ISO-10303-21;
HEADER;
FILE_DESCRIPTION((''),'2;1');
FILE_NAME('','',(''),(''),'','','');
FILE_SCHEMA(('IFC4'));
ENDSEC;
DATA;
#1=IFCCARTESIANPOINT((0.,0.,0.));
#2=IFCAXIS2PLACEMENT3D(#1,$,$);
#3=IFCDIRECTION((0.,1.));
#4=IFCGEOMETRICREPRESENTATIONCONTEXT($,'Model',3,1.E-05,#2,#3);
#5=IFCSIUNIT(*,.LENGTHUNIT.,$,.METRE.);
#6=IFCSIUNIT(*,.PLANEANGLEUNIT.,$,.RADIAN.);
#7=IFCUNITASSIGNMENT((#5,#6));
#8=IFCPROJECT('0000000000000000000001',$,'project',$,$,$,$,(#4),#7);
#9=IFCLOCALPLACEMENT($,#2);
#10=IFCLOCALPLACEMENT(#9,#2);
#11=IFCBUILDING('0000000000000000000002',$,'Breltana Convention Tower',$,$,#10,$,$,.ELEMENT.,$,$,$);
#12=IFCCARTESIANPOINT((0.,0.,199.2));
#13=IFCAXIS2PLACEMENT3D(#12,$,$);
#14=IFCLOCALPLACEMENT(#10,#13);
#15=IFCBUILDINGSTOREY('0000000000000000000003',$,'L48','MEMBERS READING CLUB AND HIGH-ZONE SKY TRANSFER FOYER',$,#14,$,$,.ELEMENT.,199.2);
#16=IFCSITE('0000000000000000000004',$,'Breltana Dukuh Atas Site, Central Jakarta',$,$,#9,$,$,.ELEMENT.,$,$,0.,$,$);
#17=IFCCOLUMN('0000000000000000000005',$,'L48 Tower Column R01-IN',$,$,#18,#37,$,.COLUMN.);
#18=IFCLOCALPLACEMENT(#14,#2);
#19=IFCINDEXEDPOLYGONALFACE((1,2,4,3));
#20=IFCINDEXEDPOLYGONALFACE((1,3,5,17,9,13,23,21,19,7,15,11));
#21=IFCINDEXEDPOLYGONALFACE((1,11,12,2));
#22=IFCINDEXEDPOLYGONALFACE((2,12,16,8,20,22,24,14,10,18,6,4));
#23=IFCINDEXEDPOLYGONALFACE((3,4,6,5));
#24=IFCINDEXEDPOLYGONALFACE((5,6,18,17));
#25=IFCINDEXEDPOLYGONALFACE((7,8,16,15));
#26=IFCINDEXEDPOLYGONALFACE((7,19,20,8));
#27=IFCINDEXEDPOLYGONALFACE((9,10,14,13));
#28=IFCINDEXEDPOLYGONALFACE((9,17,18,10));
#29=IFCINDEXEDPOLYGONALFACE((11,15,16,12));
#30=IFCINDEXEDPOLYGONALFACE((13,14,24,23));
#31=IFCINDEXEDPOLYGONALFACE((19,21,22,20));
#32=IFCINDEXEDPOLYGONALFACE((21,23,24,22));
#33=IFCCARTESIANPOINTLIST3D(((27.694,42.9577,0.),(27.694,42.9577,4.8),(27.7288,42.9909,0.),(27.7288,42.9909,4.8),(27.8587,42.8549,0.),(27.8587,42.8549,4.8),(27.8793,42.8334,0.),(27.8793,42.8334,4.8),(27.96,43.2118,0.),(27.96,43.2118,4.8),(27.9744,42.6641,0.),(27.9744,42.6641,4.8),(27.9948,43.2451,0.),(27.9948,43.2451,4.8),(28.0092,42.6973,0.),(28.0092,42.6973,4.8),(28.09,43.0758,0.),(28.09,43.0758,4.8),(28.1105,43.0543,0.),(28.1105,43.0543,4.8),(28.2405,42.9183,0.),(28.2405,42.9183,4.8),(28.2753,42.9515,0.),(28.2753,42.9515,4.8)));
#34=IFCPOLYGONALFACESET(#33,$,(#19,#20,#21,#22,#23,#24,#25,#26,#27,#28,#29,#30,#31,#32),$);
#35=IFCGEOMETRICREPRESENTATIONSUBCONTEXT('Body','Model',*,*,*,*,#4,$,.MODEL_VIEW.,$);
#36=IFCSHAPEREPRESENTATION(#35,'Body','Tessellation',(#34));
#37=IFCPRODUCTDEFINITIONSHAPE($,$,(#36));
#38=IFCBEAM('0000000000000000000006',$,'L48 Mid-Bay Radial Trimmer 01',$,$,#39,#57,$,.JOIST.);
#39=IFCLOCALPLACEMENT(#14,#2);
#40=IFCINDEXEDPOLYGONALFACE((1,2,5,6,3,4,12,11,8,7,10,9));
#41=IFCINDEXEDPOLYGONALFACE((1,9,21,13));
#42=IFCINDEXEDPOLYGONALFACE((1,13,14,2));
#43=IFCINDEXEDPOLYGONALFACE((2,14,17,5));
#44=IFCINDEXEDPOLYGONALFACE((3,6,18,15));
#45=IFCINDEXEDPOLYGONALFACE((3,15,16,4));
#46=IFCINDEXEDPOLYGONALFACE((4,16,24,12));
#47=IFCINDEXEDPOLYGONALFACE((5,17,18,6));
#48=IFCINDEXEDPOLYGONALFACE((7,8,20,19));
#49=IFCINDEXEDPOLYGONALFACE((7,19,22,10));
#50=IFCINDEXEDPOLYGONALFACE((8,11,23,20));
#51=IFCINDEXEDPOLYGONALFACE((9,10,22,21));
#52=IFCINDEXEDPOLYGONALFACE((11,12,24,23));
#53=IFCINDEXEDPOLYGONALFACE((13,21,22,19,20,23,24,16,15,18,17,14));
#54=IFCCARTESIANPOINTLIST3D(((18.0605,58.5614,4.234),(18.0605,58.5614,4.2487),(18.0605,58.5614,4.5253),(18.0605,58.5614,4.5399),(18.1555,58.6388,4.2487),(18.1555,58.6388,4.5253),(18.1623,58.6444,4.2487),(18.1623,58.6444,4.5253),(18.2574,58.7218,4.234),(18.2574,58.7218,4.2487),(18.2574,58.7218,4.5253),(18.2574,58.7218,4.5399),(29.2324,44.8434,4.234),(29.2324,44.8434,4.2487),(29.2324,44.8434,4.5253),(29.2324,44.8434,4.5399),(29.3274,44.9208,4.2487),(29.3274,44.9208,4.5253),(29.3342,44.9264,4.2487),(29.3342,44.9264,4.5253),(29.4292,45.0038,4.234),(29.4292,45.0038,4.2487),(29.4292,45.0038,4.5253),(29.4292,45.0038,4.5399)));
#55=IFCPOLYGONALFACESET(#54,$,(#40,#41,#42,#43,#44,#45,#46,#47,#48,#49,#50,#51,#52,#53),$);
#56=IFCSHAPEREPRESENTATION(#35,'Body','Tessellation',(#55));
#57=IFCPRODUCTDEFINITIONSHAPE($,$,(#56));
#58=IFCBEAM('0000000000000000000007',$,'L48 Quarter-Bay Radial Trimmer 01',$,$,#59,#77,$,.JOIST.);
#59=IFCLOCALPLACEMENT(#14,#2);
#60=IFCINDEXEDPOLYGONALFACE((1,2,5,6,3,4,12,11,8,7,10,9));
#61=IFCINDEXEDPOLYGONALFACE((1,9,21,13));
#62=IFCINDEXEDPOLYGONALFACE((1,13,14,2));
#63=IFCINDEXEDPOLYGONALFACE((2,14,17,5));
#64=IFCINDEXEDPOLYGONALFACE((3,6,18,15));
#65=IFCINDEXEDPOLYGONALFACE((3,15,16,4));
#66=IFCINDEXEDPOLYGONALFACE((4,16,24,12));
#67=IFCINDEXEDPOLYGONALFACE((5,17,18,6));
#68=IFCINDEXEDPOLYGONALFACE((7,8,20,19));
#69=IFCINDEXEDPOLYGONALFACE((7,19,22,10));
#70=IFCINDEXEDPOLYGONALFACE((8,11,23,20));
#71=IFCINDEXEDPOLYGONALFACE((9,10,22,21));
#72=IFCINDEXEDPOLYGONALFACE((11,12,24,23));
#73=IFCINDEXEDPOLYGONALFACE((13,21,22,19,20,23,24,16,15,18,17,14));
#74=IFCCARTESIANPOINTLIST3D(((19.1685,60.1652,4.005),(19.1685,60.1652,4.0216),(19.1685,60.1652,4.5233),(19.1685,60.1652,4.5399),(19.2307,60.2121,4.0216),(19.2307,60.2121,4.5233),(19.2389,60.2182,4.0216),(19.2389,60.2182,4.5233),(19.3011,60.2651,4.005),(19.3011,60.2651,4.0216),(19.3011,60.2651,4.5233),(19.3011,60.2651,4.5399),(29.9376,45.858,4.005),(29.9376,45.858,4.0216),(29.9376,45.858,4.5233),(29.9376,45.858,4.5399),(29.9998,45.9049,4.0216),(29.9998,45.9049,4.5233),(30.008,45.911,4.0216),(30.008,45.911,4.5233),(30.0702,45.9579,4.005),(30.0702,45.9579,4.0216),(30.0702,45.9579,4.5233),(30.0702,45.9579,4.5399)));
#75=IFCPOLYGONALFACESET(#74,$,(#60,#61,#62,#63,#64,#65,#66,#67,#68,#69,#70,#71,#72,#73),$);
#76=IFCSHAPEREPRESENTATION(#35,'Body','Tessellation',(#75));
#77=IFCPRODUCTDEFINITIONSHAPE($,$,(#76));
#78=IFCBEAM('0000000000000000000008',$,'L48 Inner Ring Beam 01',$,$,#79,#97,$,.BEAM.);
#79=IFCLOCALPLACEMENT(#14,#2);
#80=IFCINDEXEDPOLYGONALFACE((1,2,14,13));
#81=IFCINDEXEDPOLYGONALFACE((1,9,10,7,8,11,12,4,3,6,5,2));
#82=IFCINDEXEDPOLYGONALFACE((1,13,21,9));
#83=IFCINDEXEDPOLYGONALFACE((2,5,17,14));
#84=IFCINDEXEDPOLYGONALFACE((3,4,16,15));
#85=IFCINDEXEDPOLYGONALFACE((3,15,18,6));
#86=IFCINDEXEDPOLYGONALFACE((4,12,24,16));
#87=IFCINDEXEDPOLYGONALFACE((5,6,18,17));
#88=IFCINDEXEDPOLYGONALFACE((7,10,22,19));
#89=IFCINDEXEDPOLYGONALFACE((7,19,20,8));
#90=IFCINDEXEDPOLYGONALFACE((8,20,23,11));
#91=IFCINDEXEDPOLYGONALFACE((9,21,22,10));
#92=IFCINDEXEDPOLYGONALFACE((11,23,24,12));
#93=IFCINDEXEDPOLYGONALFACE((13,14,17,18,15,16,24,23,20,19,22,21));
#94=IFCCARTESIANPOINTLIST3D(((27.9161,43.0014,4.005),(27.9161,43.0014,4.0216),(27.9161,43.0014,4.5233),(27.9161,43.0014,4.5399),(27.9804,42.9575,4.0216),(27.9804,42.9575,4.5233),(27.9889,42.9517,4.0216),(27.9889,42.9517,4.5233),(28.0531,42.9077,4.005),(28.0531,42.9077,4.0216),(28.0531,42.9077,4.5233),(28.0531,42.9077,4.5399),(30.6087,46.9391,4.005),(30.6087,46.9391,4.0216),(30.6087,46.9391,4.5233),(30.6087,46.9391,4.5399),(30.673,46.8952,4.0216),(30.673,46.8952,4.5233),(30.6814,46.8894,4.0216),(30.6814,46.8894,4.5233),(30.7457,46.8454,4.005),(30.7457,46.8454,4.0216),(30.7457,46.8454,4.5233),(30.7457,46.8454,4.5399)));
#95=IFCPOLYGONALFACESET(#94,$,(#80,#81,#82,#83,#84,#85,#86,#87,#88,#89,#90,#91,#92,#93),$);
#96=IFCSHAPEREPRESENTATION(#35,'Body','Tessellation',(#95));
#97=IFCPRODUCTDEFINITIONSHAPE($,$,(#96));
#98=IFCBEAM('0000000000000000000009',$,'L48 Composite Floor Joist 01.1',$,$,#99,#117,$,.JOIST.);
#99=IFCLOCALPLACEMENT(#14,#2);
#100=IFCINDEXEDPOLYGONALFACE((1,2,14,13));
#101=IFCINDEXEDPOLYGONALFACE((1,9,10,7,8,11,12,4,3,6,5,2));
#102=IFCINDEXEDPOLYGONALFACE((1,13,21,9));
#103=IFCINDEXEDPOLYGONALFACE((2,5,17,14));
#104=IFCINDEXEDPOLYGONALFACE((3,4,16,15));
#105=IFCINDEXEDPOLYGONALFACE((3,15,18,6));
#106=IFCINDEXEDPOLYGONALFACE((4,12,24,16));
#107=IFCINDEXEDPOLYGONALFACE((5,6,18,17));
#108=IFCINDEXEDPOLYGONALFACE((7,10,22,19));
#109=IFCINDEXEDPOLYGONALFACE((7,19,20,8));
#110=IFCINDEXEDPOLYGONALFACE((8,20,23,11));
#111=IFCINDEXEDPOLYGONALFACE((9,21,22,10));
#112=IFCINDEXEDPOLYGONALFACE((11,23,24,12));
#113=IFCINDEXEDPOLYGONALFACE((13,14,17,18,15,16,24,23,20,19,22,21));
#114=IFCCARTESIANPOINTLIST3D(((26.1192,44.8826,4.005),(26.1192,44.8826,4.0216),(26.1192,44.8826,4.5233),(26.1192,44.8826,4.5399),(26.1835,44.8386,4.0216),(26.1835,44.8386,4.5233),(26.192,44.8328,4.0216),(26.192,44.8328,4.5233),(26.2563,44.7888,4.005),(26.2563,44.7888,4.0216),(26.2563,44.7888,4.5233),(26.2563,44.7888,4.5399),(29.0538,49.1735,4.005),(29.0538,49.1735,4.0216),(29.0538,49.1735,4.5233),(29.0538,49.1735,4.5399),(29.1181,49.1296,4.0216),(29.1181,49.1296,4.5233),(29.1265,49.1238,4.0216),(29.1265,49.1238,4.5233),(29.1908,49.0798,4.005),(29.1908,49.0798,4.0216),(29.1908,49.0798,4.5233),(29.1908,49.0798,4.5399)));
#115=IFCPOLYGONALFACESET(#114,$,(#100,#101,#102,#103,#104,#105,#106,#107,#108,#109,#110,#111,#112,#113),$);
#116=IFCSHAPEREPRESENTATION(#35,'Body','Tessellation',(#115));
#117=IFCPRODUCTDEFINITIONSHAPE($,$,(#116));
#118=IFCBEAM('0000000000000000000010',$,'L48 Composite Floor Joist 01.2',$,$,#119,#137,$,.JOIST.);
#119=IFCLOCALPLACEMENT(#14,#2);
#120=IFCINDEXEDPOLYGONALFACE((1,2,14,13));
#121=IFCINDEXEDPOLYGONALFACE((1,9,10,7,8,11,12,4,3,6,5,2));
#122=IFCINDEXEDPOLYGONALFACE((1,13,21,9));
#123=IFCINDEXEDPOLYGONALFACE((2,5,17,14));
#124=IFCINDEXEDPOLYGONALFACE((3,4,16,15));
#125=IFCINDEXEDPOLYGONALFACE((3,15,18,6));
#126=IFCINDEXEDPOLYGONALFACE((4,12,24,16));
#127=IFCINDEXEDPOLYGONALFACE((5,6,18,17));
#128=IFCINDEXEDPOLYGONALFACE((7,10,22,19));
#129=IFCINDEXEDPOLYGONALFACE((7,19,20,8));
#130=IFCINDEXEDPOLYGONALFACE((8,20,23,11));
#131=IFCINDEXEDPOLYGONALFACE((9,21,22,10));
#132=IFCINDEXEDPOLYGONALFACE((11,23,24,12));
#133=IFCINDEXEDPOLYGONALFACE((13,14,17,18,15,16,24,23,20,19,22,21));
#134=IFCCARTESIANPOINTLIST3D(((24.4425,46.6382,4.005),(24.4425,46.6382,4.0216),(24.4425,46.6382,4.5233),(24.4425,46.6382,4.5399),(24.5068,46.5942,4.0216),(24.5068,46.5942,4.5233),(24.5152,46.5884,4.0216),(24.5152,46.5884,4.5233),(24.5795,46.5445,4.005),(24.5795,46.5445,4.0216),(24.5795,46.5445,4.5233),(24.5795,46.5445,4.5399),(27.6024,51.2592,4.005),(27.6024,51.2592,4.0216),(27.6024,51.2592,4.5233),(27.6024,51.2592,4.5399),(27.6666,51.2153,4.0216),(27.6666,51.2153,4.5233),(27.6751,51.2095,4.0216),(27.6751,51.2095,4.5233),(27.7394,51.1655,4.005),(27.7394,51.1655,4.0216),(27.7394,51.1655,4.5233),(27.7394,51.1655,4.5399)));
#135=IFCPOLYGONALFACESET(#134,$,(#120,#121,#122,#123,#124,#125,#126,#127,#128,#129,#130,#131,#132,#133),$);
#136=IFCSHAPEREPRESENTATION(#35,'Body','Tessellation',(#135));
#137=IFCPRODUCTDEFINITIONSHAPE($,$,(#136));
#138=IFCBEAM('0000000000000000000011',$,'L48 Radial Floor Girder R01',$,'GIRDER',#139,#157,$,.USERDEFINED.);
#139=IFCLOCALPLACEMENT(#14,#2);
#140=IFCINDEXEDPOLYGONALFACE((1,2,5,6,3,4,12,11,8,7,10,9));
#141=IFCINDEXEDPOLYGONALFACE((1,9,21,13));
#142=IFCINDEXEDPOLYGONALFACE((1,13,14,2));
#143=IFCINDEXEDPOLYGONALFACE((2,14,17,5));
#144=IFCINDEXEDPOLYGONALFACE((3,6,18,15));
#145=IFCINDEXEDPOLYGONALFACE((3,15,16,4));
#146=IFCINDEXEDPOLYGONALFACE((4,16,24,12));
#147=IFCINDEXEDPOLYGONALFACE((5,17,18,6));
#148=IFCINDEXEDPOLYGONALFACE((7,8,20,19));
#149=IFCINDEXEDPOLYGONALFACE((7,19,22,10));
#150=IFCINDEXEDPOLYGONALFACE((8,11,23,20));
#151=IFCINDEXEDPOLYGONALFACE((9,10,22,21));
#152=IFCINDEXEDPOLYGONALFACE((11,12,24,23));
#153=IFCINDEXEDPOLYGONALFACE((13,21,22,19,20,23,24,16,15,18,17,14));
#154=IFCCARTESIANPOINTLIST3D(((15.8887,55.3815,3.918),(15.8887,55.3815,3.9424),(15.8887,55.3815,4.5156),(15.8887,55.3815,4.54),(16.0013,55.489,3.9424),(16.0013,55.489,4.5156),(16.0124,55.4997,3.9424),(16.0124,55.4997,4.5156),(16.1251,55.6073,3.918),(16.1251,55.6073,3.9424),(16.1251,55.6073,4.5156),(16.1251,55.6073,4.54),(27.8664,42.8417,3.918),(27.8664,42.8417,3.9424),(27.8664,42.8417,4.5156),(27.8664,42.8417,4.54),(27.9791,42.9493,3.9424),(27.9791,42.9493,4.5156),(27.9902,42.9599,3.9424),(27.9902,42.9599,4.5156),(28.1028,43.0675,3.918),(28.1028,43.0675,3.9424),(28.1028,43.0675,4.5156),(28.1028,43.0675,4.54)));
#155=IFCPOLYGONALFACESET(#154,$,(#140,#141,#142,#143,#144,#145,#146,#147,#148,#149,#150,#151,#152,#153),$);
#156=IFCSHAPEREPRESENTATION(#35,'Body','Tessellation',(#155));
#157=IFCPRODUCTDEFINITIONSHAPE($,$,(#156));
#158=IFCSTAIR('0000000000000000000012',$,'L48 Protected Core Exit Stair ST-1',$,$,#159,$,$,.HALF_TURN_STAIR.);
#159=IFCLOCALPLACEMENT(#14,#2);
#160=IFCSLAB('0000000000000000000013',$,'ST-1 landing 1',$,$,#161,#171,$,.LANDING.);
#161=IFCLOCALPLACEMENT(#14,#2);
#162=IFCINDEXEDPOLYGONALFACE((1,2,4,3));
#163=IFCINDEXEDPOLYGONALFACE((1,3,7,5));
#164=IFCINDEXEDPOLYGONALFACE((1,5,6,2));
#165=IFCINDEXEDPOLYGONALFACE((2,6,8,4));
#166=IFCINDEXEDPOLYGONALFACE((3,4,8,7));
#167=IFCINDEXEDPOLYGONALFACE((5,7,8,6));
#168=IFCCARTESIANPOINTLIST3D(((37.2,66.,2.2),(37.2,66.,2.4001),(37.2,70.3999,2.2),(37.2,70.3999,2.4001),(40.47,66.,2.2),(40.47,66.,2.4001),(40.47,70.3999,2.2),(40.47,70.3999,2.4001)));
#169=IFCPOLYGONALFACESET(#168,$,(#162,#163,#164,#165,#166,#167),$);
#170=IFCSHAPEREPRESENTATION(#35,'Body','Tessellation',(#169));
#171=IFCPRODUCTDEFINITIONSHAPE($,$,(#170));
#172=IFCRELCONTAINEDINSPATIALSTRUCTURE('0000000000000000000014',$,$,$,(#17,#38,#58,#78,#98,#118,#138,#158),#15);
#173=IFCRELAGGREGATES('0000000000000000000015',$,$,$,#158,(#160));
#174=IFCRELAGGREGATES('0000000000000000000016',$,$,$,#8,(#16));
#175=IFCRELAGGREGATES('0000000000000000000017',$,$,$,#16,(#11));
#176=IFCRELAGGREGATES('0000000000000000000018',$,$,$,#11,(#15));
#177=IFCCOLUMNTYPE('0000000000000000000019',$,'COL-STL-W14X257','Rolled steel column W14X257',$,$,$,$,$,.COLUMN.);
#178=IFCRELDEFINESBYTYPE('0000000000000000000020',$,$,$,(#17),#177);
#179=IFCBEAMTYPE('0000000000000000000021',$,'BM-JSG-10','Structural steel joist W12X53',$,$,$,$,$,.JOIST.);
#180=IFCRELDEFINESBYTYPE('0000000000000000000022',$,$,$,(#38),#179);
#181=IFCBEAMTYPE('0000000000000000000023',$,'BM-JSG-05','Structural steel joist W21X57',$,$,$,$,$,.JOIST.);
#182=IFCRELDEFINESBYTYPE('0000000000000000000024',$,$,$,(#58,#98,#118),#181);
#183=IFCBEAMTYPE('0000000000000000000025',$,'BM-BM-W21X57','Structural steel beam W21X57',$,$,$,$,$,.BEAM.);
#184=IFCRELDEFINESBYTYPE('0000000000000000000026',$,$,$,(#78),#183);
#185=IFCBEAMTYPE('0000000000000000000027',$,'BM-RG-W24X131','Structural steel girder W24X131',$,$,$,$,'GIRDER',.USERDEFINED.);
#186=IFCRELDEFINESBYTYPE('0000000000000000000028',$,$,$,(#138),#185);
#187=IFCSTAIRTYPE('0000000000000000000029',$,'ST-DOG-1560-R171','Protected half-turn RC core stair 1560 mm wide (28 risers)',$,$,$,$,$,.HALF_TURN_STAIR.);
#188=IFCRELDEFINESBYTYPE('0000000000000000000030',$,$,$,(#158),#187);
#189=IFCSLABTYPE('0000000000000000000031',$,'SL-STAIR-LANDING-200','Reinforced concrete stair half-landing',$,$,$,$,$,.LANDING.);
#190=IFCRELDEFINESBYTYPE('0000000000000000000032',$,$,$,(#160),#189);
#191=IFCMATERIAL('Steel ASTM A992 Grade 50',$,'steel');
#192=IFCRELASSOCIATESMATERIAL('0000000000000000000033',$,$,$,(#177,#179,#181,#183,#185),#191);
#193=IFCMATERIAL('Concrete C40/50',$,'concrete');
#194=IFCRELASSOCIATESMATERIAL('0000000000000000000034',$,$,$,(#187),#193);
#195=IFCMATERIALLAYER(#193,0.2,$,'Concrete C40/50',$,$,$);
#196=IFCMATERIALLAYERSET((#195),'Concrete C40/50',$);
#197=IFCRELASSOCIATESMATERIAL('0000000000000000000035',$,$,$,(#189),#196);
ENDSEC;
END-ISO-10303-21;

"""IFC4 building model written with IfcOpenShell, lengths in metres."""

from ifc_helpers import new_model, si_unit, direction, frame, origin, origin_2d, place, context, subcontext, project, spatial, polyline, i_section, outline, extrude, source, transform, mapped, material, layer, layer_set, material_profile, profile_set, type_object, type_shapes, element, aggregate, save


model = new_model("IFC4")

# Units and contexts
model_context = context("Model", 3, precision=1e-05, world=origin(), true_north=direction((0.0, 1.0)))
body_context = subcontext(model_context, "Body", "Model", "MODEL_VIEW")
ifc_project = project(units=[si_unit("LENGTHUNIT", "METRE"), si_unit("PLANEANGLEUNIT", "RADIAN")], contexts=[model_context])

# Site, building, storey
site_placement = place(None, origin())
site = spatial("IfcSite", under=ifc_project, at=site_placement, Name="Breltana Dukuh Atas Site, Central Jakarta", CompositionType="ELEMENT", RefElevation=0.0)
building_placement = place(site_placement, origin())
building = spatial("IfcBuilding", under=site, at=building_placement, Name="Breltana Convention Tower", CompositionType="ELEMENT")
storey_placement = place(building_placement, frame((0.0, 0.0, 199.2)))
storey = spatial("IfcBuildingStorey", under=building, at=storey_placement, Name="L48", Description="MEMBERS READING CLUB AND HIGH-ZONE SKY TRANSFER FOYER", CompositionType="ELEMENT", Elevation=199.2)

# Column
ifc_material_1 = material(Name="Steel ASTM A992 Grade 50", Category="steel")
ifc_material_profile_1 = material_profile(ifc_material_1, i_section(OverallWidth=0.406, OverallDepth=0.416, WebThickness=0.0298, FlangeThickness=0.0481, at=origin_2d()), Name="W14X257")
ifc_profile_set_1 = profile_set([ifc_material_profile_1], Name="Steel ASTM A992 Grade 50")
column_type = type_object("IfcColumnType", Name="COL-STL-W14X257", Description="Rolled steel column W14X257", PredefinedType="COLUMN", material=ifc_profile_set_1)
shared_shape_1 = source(origin(), body_context, "Body", "SweptSolid", [
    extrude(i_section(OverallWidth=0.406, OverallDepth=0.416, WebThickness=0.0298, FlangeThickness=0.0481, at=origin_2d()), origin(), (0.0, 0.0, 1.0), 4.8),
])
type_shapes(column_type, [shared_shape_1])
column_placement = place(storey_placement, frame((27.9846, 42.9546, 0.0), z_axis=(0.0, 0.0, 1.0), x_axis=(-0.690756, 0.723088, 0.0)))
element("IfcColumn", 1, at=column_placement, inside=storey, type_object=column_type, Name="L48 Tower Column R01-IN", PredefinedType="COLUMN", context=body_context, shape_type="MappedRepresentation", body=[
    mapped(shared_shape_1, transform((0.0, 0.0, 0.0), scale=1.0)),
])

# Beams
ifc_material_profile_2 = material_profile(ifc_material_1, i_section(OverallWidth=0.2539, OverallDepth=0.3059, WebThickness=0.0088, FlangeThickness=0.0146, at=origin_2d()), Name="W12X53")
ifc_profile_set_2 = profile_set([ifc_material_profile_2], Name="Steel ASTM A992 Grade 50")
beam_type_1 = type_object("IfcBeamType", Name="BM-JSG-10", Description="Structural steel joist W12X53", PredefinedType="JOIST", material=ifc_profile_set_2)
shared_shape_2 = source(origin(), body_context, "Body", "SweptSolid", [
    extrude(i_section(OverallWidth=0.2539, OverallDepth=0.3059, WebThickness=0.0088, FlangeThickness=0.0146, at=origin_2d()), origin(), (0.0, 0.0, 1.0), 17.6917),
])
type_shapes(beam_type_1, [shared_shape_2])
beam_1_placement = place(storey_placement, frame((29.3308, 44.9236, 4.387), z_axis=(-0.631477, 0.775395, 0.0), x_axis=(-0.775395, -0.631477, 0.0)))
element("IfcBeam", 2, at=beam_1_placement, inside=storey, type_object=beam_type_1, Name="L48 Mid-Bay Radial Trimmer 01", PredefinedType="JOIST", context=body_context, shape_type="MappedRepresentation", body=[
    mapped(shared_shape_2, transform((0.0, 0.0, 0.0), scale=1.0)),
])
ifc_material_profile_3 = material_profile(ifc_material_1, i_section(OverallWidth=0.166, OverallDepth=0.5349, WebThickness=0.0103, FlangeThickness=0.0166, at=origin_2d()), Name="W21X57")
ifc_profile_set_3 = profile_set([ifc_material_profile_3], Name="Steel ASTM A992 Grade 50")
beam_type_2 = type_object("IfcBeamType", Name="BM-JSG-05", Description="Structural steel joist W21X57", PredefinedType="JOIST", material=ifc_profile_set_3)
shared_shape_3 = source(origin(), body_context, "Body", "SweptSolid", [
    extrude(i_section(OverallWidth=0.166, OverallDepth=0.5349, WebThickness=0.0103, FlangeThickness=0.0166, at=origin_2d()), origin(), (0.0, 0.0, 1.0), 17.9072),
])
beam_2_placement = place(storey_placement, frame((30.0039, 45.908, 4.2725), z_axis=(-0.601382, 0.798962, 0.0), x_axis=(-0.798962, -0.601382, 0.0)))
element("IfcBeam", 3, at=beam_2_placement, inside=storey, type_object=beam_type_2, Name="L48 Quarter-Bay Radial Trimmer 01", PredefinedType="JOIST", context=body_context, shape_type="MappedRepresentation", body=[
    mapped(shared_shape_3, transform((0.0, 0.0, 0.0), scale=1.0)),
])
ifc_material_profile_4 = material_profile(ifc_material_1, i_section(OverallWidth=0.166, OverallDepth=0.5349, WebThickness=0.0103, FlangeThickness=0.0166, at=origin_2d()), Name="W21X57")
ifc_profile_set_4 = profile_set([ifc_material_profile_4], Name="Steel ASTM A992 Grade 50")
beam_type_3 = type_object("IfcBeamType", Name="BM-BM-W21X57", Description="Structural steel beam W21X57", PredefinedType="BEAM", material=ifc_profile_set_4)
shared_shape_4 = source(origin(), body_context, "Body", "SweptSolid", [
    extrude(i_section(OverallWidth=0.166, OverallDepth=0.5349, WebThickness=0.0103, FlangeThickness=0.0166, at=origin_2d()), origin(), (0.0, 0.0, 1.0), 4.7703),
])
beam_3_placement = place(storey_placement, frame((27.9846, 42.9546, 4.2725), z_axis=(0.564453, 0.825465, 0.0), x_axis=(-0.825465, 0.564453, 0.0)))
element("IfcBeam", 4, at=beam_3_placement, inside=storey, type_object=beam_type_3, Name="L48 Inner Ring Beam 01", PredefinedType="BEAM", context=body_context, shape_type="MappedRepresentation", body=[
    mapped(shared_shape_4, transform((0.0, 0.0, 0.0), scale=1.0)),
])
shared_shape_5 = source(origin(), body_context, "Body", "SweptSolid", [
    extrude(i_section(OverallWidth=0.166, OverallDepth=0.5349, WebThickness=0.0103, FlangeThickness=0.0166, at=origin_2d()), origin(), (0.0, 0.0, 1.0), 5.1985),
])
beam_4_placement = place(storey_placement, frame((26.1877, 44.8357, 4.2725), z_axis=(0.564502, 0.825432, 0.0), x_axis=(-0.825432, 0.564502, 0.0)))
element("IfcBeam", 5, at=beam_4_placement, inside=storey, type_object=beam_type_2, Name="L48 Composite Floor Joist 01.1", PredefinedType="JOIST", context=body_context, shape_type="MappedRepresentation", body=[
    mapped(shared_shape_5, transform((0.0, 0.0, 0.0), scale=1.0)),
])
shared_shape_6 = source(origin(), body_context, "Body", "SweptSolid", [
    extrude(i_section(OverallWidth=0.166, OverallDepth=0.5349, WebThickness=0.0103, FlangeThickness=0.0166, at=origin_2d()), origin(), (0.0, 0.0, 1.0), 5.5981),
])
beam_5_placement = place(storey_placement, frame((24.511, 46.5913, 4.2725), z_axis=(0.564454, 0.825464, 0.0), x_axis=(-0.825464, 0.564454, 0.0)))
element("IfcBeam", 6, at=beam_5_placement, inside=storey, type_object=beam_type_2, Name="L48 Composite Floor Joist 01.2", PredefinedType="JOIST", context=body_context, shape_type="MappedRepresentation", body=[
    mapped(shared_shape_6, transform((0.0, 0.0, 0.0), scale=1.0)),
])
ifc_material_profile_5 = material_profile(ifc_material_1, i_section(OverallWidth=0.3269, OverallDepth=0.6221, WebThickness=0.0154, FlangeThickness=0.0244, at=origin_2d()), Name="W24X131")
ifc_profile_set_5 = profile_set([ifc_material_profile_5], Name="Steel ASTM A992 Grade 50")
beam_type_4 = type_object("IfcBeamType", Name="BM-RG-W24X131", Description="Structural steel girder W24X131", ElementType="GIRDER", PredefinedType="USERDEFINED", material=ifc_profile_set_5)
shared_shape_7 = source(origin(), body_context, "Body", "SweptSolid", [
    extrude(i_section(OverallWidth=0.3269, OverallDepth=0.6221, WebThickness=0.0154, FlangeThickness=0.0244, at=origin_2d()), origin(), (0.0, 0.0, 1.0), 17.3411),
])
type_shapes(beam_type_4, [shared_shape_7])
beam_6_placement = place(storey_placement, frame((27.9846, 42.9546, 4.229), z_axis=(-0.690716, 0.723126, 0.0), x_axis=(-0.723126, -0.690716, 0.0)))
element("IfcBeam", 7, at=beam_6_placement, inside=storey, type_object=beam_type_4, Name="L48 Radial Floor Girder R01", ObjectType="GIRDER", PredefinedType="USERDEFINED", context=body_context, shape_type="MappedRepresentation", body=[
    mapped(shared_shape_7, transform((0.0, 0.0, 0.0), scale=1.0)),
])

# Stair, slab
ifc_material_2 = material(Name="Concrete C40/50", Category="concrete")
stair_type = type_object("IfcStairType", Name="ST-DOG-1560-R171", Description="Protected half-turn RC core stair 1560 mm wide (28 risers)", PredefinedType="HALF_TURN_STAIR", material=ifc_material_2)
stair_1_placement = place(storey_placement, origin())
stair_1 = element("IfcStair", 8, at=stair_1_placement, inside=storey, type_object=stair_type, Name="L48 Protected Core Exit Stair ST-1", PredefinedType="HALF_TURN_STAIR")
ifc_layer_1 = layer(ifc_material_2, 0.2, Name="Concrete C40/50")
ifc_layer_set_1 = layer_set([ifc_layer_1], Name="Concrete C40/50")
slab_type_1 = type_object("IfcSlabType", Name="SL-STAIR-LANDING-200", Description="Reinforced concrete stair half-landing", PredefinedType="LANDING", material=ifc_layer_set_1)
slab_1_placement = place(storey_placement, frame((0.0, 0.0, 2.2)))
slab_1 = element("IfcSlab", 9, at=slab_1_placement, type_object=slab_type_1, Name="ST-1 landing 1", PredefinedType="LANDING", context=body_context, shape_type="SweptSolid", body=[
    extrude(outline(polyline([(40.47, 66.0), (40.47, 70.3999), (37.2, 70.3999), (37.2, 66.0), (40.47, 66.0)])), origin(), (0.0, 0.0, 1.0), 0.2002),
])
aggregate(stair_1, [slab_1])

save(model, "model.ifc")
